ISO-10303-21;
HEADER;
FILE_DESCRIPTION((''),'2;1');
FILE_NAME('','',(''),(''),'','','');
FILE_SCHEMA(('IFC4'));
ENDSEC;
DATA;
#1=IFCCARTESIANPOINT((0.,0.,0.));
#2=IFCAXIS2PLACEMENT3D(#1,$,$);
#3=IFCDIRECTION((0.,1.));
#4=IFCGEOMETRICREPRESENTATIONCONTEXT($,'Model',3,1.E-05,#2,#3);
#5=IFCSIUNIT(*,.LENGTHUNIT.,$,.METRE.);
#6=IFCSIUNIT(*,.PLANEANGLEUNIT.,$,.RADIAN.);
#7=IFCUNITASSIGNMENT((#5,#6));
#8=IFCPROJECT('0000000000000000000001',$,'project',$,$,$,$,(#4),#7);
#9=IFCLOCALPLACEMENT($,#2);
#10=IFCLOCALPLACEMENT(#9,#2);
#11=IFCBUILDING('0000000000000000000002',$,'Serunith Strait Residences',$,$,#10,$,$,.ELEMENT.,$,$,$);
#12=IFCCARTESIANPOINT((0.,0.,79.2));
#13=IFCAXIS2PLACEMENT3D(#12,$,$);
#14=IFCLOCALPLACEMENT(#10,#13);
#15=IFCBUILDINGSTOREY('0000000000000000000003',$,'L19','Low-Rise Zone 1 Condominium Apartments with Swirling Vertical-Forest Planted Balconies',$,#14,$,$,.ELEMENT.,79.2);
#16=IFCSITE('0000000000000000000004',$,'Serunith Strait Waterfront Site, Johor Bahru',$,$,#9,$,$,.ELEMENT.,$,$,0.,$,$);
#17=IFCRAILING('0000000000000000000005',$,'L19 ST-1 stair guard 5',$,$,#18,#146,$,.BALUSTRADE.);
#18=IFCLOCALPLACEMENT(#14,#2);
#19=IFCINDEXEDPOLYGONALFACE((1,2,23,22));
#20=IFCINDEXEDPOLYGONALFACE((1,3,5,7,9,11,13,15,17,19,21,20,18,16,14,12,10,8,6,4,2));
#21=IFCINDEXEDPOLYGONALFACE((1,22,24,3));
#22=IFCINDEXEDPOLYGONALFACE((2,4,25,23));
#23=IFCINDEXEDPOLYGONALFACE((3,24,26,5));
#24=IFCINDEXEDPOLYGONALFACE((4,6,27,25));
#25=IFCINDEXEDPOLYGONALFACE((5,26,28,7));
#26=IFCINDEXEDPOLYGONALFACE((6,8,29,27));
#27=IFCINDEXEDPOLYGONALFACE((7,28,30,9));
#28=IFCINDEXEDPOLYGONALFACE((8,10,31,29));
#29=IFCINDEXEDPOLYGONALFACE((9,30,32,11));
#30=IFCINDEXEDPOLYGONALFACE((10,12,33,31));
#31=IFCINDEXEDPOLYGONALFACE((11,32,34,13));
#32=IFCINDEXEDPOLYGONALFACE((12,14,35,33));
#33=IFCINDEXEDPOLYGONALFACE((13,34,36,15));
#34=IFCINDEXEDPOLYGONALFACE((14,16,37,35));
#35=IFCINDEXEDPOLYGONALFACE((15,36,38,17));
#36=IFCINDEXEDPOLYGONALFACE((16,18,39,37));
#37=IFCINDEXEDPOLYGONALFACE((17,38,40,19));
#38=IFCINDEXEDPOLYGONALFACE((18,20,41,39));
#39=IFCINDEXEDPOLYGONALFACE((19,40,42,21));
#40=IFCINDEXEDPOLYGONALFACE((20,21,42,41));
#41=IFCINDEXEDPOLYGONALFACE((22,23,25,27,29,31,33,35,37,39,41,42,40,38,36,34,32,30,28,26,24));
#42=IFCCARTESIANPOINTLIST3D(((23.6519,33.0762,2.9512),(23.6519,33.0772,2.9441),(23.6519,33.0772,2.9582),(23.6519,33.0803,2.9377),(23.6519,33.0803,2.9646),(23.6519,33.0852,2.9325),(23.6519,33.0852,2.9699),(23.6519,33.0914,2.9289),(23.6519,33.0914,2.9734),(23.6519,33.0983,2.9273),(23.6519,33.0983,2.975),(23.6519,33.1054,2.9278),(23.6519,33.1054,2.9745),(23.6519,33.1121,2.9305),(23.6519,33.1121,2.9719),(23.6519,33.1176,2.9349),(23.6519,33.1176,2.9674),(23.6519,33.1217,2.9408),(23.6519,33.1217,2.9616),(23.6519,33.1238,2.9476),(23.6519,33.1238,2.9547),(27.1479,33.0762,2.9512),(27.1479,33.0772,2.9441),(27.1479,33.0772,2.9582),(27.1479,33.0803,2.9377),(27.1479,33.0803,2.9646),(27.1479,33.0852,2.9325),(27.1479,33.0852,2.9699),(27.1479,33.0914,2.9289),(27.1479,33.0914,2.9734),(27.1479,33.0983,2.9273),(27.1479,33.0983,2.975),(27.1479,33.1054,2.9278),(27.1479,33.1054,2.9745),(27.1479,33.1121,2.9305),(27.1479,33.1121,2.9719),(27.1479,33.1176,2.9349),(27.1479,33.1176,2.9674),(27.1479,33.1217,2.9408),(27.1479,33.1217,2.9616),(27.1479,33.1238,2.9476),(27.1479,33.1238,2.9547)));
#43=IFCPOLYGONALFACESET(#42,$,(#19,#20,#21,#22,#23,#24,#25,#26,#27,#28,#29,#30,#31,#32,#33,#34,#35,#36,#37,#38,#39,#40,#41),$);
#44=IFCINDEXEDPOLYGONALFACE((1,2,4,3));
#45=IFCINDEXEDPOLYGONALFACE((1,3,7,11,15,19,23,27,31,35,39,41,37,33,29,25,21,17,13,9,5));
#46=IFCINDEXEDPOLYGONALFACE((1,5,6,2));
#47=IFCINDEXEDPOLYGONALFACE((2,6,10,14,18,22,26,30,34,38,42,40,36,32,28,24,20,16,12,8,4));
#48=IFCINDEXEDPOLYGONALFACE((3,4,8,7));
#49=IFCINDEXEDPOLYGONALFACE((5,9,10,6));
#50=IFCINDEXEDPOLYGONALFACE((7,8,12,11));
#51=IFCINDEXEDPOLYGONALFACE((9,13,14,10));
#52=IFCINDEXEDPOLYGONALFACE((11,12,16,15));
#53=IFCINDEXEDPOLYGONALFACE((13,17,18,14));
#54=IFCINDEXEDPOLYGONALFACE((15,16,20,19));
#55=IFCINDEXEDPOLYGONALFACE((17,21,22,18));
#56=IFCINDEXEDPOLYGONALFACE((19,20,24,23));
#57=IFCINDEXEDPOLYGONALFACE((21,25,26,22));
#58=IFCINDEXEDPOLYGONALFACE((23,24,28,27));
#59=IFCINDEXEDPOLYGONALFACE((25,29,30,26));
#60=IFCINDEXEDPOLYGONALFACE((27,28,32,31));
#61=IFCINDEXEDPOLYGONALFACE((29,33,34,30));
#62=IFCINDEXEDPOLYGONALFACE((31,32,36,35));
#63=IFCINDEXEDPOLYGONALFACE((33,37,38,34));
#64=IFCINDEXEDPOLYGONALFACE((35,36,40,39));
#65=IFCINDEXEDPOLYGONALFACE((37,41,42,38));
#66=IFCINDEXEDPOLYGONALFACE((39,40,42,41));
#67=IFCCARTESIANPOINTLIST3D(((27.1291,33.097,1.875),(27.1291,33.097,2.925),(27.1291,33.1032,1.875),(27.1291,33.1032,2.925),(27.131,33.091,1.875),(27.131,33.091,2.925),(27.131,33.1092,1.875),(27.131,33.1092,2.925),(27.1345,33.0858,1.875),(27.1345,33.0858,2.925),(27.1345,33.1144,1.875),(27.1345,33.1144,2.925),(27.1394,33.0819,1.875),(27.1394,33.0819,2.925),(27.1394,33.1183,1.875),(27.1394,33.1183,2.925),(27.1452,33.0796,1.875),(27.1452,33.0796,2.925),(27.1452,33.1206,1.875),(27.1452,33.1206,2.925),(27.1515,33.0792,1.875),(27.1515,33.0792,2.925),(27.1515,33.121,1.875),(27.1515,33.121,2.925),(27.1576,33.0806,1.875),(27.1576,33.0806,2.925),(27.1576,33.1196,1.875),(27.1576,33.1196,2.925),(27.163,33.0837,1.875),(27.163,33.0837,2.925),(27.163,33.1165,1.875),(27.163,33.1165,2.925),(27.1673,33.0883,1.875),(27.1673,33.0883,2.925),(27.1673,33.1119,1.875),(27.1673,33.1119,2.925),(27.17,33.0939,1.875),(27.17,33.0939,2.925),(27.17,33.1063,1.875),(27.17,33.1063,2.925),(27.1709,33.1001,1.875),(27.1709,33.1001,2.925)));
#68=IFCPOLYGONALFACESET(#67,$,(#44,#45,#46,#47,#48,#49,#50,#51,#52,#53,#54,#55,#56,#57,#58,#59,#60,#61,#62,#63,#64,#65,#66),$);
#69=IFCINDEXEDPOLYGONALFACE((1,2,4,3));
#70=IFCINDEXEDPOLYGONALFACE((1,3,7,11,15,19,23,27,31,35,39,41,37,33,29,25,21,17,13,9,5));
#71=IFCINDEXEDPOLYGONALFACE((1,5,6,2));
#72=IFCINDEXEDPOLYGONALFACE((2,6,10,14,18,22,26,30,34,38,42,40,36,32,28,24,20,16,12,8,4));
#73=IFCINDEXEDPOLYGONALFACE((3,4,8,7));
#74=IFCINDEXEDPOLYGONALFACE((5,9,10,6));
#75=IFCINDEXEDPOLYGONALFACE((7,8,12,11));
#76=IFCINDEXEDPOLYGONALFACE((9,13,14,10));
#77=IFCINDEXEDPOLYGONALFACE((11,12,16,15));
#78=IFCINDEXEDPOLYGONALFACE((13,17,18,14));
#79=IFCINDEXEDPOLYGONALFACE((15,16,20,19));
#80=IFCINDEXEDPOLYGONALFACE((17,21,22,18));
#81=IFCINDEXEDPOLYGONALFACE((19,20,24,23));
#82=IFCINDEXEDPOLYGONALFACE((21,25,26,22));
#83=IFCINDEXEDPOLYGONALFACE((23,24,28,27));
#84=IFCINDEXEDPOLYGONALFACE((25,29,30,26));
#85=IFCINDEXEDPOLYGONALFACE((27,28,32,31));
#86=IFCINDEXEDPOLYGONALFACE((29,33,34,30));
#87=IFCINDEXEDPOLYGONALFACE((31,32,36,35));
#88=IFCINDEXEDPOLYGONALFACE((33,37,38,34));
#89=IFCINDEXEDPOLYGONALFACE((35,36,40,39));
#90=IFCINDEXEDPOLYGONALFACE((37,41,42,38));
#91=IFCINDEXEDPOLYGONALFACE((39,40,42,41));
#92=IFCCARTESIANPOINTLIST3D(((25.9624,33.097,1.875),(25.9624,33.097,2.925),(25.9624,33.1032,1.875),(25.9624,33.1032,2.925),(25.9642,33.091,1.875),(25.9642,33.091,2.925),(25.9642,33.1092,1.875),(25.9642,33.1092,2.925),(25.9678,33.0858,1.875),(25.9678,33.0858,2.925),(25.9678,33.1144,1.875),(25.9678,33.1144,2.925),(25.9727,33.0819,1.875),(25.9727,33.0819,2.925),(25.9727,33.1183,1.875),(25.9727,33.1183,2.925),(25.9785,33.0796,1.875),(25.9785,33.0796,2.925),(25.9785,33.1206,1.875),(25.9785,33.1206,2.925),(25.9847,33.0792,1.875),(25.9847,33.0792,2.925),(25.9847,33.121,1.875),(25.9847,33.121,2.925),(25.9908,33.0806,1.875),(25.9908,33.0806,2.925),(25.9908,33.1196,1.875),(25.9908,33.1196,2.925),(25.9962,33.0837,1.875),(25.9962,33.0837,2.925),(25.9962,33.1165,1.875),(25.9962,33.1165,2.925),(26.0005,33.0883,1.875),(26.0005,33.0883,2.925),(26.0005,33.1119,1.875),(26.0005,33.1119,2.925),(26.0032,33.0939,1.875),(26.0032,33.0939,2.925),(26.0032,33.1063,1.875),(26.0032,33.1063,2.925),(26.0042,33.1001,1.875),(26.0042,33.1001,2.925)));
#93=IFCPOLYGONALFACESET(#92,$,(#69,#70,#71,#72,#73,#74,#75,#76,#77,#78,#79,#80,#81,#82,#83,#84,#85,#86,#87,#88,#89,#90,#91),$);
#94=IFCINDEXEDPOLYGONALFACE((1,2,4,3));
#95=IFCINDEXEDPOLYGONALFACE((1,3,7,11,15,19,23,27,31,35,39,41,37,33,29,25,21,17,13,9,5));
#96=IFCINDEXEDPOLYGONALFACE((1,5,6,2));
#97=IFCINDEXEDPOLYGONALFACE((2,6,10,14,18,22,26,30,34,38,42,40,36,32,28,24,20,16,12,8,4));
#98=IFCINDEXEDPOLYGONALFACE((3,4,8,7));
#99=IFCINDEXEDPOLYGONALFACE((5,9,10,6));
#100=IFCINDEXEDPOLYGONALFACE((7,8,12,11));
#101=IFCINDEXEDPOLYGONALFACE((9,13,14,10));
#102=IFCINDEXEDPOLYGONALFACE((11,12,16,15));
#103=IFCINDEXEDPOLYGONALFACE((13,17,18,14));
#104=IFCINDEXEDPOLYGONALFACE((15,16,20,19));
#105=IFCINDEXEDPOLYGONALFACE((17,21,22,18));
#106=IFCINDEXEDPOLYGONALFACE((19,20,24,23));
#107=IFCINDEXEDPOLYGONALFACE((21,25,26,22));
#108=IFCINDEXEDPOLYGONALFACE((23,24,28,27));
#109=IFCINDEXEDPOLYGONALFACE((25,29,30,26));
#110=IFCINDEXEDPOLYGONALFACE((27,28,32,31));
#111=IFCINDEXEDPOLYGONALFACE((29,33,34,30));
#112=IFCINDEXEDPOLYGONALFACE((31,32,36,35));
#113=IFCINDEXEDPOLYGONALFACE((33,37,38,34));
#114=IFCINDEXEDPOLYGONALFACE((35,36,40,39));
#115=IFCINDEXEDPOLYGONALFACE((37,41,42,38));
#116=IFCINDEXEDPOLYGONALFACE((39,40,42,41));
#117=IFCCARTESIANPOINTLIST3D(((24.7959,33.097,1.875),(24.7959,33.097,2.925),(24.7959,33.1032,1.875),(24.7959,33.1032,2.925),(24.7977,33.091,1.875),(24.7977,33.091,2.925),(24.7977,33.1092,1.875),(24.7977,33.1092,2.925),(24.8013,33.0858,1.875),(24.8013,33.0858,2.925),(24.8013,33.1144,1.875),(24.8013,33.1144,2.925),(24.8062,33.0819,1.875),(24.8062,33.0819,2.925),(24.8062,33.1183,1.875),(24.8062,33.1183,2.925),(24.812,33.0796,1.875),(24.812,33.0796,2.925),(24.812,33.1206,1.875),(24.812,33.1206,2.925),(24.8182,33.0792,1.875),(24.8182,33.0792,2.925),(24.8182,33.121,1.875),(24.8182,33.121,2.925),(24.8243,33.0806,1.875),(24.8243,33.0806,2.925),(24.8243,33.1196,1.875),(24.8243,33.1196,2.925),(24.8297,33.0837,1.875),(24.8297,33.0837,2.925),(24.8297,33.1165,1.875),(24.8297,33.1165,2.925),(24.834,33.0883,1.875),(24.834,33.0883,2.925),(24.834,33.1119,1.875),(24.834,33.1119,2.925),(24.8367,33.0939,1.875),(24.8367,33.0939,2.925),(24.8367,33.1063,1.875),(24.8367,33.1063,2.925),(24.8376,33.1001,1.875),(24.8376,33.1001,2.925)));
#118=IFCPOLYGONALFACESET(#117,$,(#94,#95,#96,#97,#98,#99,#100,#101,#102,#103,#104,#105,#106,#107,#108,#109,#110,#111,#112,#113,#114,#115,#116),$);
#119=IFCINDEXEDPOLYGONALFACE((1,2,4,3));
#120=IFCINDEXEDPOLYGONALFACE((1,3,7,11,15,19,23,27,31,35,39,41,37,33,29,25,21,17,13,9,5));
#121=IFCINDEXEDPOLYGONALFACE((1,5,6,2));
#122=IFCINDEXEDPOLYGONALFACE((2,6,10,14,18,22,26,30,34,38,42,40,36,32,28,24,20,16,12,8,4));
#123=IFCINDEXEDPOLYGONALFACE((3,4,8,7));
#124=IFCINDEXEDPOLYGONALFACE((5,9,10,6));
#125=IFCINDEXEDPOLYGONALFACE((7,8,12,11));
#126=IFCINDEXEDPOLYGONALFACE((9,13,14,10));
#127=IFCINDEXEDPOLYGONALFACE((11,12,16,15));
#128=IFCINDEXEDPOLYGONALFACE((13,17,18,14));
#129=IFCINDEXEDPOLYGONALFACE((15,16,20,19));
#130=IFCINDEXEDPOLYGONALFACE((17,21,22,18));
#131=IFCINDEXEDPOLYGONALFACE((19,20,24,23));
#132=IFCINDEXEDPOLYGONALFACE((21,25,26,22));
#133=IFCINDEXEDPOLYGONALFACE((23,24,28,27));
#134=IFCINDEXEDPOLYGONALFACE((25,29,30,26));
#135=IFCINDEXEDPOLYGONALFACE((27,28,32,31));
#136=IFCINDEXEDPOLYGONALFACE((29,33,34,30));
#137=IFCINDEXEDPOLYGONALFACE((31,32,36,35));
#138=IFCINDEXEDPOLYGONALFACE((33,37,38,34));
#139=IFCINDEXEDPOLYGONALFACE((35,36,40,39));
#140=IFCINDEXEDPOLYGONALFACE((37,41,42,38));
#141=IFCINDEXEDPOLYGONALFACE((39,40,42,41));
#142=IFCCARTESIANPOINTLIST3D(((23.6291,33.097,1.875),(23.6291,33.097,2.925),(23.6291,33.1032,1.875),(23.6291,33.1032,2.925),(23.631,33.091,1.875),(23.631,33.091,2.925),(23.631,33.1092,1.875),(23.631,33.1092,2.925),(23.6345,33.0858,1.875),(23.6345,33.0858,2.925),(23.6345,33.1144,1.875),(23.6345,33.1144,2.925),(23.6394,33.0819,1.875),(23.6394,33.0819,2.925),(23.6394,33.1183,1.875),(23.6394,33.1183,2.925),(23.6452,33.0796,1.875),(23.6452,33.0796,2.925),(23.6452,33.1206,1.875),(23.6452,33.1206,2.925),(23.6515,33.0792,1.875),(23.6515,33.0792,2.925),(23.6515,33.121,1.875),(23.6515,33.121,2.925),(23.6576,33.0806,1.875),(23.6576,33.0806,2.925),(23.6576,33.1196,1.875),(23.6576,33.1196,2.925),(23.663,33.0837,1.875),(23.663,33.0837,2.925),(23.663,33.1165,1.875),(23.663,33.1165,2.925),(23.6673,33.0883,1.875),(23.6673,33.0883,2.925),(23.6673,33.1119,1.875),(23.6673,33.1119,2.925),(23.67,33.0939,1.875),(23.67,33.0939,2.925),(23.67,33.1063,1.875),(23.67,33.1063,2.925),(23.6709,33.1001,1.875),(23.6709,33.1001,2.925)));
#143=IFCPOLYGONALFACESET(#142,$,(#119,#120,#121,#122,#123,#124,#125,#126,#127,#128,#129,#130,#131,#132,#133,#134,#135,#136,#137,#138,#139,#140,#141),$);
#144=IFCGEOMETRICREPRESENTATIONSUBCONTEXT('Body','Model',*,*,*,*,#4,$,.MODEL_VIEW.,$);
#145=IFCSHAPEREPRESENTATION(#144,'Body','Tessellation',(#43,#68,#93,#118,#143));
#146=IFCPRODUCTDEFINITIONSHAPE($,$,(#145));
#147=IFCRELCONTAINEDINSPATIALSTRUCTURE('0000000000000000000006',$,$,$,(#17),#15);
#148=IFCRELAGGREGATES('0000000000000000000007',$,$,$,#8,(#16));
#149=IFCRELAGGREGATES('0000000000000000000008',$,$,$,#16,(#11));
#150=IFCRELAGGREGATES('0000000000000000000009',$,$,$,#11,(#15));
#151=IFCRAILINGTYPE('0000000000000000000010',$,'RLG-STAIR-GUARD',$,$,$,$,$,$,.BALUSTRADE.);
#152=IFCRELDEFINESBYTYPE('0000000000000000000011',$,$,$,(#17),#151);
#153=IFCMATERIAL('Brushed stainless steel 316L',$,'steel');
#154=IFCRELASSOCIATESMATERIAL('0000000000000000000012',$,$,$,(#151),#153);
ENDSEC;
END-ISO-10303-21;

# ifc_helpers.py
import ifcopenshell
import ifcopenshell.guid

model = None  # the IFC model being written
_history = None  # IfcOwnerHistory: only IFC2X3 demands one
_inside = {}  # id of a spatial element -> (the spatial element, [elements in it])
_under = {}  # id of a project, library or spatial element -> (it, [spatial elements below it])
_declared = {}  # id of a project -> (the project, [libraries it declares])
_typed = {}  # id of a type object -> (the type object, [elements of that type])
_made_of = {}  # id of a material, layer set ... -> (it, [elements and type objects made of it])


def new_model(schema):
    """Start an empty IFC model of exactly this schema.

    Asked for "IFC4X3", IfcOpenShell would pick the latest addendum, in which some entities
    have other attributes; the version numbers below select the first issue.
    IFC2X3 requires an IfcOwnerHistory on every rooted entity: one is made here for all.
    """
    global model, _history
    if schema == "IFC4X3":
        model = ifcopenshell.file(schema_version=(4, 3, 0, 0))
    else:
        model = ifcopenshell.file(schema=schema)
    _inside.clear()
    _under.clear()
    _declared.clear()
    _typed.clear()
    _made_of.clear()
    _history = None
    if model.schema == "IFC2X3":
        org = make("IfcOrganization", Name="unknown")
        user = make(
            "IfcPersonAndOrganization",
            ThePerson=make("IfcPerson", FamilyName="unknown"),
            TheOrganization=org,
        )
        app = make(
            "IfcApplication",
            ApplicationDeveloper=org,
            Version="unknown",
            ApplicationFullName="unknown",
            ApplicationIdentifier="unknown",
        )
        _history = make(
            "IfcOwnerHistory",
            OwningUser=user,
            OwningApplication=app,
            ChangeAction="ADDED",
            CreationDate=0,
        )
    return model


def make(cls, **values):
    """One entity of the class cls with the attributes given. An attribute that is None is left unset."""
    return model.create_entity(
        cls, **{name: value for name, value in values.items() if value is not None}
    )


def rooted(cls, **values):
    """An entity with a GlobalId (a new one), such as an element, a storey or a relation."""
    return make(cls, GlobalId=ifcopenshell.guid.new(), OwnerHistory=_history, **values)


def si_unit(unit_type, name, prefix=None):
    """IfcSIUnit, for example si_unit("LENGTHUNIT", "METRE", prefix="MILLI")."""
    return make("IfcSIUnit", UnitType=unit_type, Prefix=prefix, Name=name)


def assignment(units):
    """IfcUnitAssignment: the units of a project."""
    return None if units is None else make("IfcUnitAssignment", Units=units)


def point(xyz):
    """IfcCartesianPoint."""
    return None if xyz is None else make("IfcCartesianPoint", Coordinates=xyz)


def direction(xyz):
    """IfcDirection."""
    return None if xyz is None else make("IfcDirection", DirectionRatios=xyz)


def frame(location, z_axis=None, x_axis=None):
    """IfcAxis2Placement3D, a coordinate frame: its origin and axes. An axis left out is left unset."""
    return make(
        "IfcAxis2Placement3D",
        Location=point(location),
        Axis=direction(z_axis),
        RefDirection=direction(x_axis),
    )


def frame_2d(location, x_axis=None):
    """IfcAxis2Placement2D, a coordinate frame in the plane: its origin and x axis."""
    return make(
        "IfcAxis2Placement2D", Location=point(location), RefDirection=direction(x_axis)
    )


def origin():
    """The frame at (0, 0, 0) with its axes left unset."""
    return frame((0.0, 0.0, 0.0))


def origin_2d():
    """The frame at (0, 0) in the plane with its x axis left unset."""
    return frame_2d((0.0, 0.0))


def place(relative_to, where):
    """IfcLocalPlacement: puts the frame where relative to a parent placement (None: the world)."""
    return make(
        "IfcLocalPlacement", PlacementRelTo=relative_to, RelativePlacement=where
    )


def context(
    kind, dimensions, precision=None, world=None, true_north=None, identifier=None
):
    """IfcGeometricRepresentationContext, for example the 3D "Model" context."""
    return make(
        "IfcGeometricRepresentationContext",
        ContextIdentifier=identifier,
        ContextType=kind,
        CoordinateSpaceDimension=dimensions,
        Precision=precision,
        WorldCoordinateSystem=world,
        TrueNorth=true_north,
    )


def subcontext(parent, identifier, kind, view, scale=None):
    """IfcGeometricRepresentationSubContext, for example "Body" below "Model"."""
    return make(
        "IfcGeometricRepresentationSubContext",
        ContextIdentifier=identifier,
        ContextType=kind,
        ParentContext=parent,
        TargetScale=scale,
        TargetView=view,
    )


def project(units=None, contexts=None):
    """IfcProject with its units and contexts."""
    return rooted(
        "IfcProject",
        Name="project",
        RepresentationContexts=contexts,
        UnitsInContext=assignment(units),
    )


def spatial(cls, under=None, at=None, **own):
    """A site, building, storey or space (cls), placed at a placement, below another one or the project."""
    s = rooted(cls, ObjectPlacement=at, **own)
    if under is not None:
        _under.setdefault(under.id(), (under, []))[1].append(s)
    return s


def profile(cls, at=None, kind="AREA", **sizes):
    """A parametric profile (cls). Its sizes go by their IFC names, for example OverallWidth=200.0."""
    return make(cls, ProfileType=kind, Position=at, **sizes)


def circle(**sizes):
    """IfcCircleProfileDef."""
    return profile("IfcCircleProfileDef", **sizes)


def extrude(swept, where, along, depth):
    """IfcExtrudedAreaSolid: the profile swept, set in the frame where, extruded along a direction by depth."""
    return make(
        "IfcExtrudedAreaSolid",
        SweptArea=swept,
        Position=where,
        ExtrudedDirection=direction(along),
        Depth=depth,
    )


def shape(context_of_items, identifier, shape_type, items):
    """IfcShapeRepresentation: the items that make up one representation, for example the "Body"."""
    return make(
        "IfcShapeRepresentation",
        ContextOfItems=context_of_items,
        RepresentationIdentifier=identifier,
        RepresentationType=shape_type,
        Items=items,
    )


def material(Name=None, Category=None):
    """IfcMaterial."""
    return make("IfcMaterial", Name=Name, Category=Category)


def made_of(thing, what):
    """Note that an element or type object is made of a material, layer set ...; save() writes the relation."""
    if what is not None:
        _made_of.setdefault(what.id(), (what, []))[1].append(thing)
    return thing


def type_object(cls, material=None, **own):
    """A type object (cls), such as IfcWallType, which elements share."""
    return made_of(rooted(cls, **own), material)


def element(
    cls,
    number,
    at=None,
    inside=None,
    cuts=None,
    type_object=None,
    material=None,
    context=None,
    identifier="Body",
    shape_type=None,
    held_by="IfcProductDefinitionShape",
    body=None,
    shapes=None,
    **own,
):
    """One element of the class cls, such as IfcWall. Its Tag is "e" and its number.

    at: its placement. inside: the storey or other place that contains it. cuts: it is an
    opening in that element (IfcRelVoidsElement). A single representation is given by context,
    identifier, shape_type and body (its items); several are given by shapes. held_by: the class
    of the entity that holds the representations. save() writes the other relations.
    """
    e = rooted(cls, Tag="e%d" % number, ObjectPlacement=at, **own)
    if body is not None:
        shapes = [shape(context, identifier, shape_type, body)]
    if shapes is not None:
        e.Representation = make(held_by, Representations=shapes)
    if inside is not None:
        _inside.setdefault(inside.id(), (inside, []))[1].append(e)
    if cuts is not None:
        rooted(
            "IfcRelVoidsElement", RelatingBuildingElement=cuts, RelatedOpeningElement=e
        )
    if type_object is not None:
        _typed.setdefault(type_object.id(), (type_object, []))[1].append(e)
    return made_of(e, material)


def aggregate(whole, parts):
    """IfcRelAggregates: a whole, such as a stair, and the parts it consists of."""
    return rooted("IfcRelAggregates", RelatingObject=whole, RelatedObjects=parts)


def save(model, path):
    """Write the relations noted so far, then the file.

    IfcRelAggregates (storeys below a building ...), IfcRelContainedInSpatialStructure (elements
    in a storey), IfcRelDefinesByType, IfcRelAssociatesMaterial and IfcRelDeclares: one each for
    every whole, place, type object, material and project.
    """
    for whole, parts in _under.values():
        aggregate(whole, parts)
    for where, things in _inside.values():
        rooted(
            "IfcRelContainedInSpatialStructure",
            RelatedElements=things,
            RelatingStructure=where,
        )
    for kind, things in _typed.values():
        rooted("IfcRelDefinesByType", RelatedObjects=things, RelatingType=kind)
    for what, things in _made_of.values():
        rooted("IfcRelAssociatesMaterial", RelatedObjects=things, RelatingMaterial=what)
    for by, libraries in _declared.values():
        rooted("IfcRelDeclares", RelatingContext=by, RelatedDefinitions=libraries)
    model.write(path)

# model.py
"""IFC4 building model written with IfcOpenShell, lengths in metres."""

from ifc_helpers import new_model, si_unit, direction, frame, origin, origin_2d, place, context, subcontext, project, spatial, circle, extrude, material, type_object, element, save


model = new_model("IFC4")

# Units and contexts
model_context = context("Model", 3, precision=1e-05, world=origin(), true_north=direction((0.0, 1.0)))
body_context = subcontext(model_context, "Body", "Model", "MODEL_VIEW")
ifc_project = project(units=[si_unit("LENGTHUNIT", "METRE"), si_unit("PLANEANGLEUNIT", "RADIAN")], contexts=[model_context])

# Site, building, storey
site_placement = place(None, origin())
site = spatial("IfcSite", under=ifc_project, at=site_placement, Name="Serunith Strait Waterfront Site, Johor Bahru", CompositionType="ELEMENT", RefElevation=0.0)
building_placement = place(site_placement, origin())
building = spatial("IfcBuilding", under=site, at=building_placement, Name="Serunith Strait Residences", CompositionType="ELEMENT")
storey_placement = place(building_placement, frame((0.0, 0.0, 79.2)))
storey = spatial("IfcBuildingStorey", under=building, at=storey_placement, Name="L19", Description="Low-Rise Zone 1 Condominium Apartments with Swirling Vertical-Forest Planted Balconies", CompositionType="ELEMENT", Elevation=79.2)

# Railing
ifc_material_1 = material(Name="Brushed stainless steel 316L", Category="steel")
railing_type_1 = type_object("IfcRailingType", Name="RLG-STAIR-GUARD", PredefinedType="BALUSTRADE", material=ifc_material_1)
railing_1_placement = place(storey_placement, frame((27.1499, 33.1001, 1.875)))
element("IfcRailing", 1, at=railing_1_placement, inside=storey, type_object=railing_type_1, Name="L19 ST-1 stair guard 5", PredefinedType="BALUSTRADE", context=body_context, shape_type="SweptSolid", body=[
    extrude(circle(Radius=0.0239, at=origin_2d()), frame((-0.002, 0.0, 1.0762), z_axis=(-1.0, 0.0, 0.0), x_axis=(0.0, -1.0, 0.0)), (0.0, 0.0, 1.0), 3.4961),
    extrude(circle(Radius=0.021, at=origin_2d()), origin(), (0.0, 0.0, 1.0), 1.05),
    extrude(circle(Radius=0.021, at=origin_2d()), frame((-1.1667, 0.0, 0.0)), (0.0, 0.0, 1.0), 1.05),
    extrude(circle(Radius=0.021, at=origin_2d()), frame((-2.3333, 0.0, 0.0)), (0.0, 0.0, 1.0), 1.05),
    extrude(circle(Radius=0.021, at=origin_2d()), frame((-3.5, 0.0, 0.0)), (0.0, 0.0, 1.0), 1.05),
])

save(model, "model.ifc")
